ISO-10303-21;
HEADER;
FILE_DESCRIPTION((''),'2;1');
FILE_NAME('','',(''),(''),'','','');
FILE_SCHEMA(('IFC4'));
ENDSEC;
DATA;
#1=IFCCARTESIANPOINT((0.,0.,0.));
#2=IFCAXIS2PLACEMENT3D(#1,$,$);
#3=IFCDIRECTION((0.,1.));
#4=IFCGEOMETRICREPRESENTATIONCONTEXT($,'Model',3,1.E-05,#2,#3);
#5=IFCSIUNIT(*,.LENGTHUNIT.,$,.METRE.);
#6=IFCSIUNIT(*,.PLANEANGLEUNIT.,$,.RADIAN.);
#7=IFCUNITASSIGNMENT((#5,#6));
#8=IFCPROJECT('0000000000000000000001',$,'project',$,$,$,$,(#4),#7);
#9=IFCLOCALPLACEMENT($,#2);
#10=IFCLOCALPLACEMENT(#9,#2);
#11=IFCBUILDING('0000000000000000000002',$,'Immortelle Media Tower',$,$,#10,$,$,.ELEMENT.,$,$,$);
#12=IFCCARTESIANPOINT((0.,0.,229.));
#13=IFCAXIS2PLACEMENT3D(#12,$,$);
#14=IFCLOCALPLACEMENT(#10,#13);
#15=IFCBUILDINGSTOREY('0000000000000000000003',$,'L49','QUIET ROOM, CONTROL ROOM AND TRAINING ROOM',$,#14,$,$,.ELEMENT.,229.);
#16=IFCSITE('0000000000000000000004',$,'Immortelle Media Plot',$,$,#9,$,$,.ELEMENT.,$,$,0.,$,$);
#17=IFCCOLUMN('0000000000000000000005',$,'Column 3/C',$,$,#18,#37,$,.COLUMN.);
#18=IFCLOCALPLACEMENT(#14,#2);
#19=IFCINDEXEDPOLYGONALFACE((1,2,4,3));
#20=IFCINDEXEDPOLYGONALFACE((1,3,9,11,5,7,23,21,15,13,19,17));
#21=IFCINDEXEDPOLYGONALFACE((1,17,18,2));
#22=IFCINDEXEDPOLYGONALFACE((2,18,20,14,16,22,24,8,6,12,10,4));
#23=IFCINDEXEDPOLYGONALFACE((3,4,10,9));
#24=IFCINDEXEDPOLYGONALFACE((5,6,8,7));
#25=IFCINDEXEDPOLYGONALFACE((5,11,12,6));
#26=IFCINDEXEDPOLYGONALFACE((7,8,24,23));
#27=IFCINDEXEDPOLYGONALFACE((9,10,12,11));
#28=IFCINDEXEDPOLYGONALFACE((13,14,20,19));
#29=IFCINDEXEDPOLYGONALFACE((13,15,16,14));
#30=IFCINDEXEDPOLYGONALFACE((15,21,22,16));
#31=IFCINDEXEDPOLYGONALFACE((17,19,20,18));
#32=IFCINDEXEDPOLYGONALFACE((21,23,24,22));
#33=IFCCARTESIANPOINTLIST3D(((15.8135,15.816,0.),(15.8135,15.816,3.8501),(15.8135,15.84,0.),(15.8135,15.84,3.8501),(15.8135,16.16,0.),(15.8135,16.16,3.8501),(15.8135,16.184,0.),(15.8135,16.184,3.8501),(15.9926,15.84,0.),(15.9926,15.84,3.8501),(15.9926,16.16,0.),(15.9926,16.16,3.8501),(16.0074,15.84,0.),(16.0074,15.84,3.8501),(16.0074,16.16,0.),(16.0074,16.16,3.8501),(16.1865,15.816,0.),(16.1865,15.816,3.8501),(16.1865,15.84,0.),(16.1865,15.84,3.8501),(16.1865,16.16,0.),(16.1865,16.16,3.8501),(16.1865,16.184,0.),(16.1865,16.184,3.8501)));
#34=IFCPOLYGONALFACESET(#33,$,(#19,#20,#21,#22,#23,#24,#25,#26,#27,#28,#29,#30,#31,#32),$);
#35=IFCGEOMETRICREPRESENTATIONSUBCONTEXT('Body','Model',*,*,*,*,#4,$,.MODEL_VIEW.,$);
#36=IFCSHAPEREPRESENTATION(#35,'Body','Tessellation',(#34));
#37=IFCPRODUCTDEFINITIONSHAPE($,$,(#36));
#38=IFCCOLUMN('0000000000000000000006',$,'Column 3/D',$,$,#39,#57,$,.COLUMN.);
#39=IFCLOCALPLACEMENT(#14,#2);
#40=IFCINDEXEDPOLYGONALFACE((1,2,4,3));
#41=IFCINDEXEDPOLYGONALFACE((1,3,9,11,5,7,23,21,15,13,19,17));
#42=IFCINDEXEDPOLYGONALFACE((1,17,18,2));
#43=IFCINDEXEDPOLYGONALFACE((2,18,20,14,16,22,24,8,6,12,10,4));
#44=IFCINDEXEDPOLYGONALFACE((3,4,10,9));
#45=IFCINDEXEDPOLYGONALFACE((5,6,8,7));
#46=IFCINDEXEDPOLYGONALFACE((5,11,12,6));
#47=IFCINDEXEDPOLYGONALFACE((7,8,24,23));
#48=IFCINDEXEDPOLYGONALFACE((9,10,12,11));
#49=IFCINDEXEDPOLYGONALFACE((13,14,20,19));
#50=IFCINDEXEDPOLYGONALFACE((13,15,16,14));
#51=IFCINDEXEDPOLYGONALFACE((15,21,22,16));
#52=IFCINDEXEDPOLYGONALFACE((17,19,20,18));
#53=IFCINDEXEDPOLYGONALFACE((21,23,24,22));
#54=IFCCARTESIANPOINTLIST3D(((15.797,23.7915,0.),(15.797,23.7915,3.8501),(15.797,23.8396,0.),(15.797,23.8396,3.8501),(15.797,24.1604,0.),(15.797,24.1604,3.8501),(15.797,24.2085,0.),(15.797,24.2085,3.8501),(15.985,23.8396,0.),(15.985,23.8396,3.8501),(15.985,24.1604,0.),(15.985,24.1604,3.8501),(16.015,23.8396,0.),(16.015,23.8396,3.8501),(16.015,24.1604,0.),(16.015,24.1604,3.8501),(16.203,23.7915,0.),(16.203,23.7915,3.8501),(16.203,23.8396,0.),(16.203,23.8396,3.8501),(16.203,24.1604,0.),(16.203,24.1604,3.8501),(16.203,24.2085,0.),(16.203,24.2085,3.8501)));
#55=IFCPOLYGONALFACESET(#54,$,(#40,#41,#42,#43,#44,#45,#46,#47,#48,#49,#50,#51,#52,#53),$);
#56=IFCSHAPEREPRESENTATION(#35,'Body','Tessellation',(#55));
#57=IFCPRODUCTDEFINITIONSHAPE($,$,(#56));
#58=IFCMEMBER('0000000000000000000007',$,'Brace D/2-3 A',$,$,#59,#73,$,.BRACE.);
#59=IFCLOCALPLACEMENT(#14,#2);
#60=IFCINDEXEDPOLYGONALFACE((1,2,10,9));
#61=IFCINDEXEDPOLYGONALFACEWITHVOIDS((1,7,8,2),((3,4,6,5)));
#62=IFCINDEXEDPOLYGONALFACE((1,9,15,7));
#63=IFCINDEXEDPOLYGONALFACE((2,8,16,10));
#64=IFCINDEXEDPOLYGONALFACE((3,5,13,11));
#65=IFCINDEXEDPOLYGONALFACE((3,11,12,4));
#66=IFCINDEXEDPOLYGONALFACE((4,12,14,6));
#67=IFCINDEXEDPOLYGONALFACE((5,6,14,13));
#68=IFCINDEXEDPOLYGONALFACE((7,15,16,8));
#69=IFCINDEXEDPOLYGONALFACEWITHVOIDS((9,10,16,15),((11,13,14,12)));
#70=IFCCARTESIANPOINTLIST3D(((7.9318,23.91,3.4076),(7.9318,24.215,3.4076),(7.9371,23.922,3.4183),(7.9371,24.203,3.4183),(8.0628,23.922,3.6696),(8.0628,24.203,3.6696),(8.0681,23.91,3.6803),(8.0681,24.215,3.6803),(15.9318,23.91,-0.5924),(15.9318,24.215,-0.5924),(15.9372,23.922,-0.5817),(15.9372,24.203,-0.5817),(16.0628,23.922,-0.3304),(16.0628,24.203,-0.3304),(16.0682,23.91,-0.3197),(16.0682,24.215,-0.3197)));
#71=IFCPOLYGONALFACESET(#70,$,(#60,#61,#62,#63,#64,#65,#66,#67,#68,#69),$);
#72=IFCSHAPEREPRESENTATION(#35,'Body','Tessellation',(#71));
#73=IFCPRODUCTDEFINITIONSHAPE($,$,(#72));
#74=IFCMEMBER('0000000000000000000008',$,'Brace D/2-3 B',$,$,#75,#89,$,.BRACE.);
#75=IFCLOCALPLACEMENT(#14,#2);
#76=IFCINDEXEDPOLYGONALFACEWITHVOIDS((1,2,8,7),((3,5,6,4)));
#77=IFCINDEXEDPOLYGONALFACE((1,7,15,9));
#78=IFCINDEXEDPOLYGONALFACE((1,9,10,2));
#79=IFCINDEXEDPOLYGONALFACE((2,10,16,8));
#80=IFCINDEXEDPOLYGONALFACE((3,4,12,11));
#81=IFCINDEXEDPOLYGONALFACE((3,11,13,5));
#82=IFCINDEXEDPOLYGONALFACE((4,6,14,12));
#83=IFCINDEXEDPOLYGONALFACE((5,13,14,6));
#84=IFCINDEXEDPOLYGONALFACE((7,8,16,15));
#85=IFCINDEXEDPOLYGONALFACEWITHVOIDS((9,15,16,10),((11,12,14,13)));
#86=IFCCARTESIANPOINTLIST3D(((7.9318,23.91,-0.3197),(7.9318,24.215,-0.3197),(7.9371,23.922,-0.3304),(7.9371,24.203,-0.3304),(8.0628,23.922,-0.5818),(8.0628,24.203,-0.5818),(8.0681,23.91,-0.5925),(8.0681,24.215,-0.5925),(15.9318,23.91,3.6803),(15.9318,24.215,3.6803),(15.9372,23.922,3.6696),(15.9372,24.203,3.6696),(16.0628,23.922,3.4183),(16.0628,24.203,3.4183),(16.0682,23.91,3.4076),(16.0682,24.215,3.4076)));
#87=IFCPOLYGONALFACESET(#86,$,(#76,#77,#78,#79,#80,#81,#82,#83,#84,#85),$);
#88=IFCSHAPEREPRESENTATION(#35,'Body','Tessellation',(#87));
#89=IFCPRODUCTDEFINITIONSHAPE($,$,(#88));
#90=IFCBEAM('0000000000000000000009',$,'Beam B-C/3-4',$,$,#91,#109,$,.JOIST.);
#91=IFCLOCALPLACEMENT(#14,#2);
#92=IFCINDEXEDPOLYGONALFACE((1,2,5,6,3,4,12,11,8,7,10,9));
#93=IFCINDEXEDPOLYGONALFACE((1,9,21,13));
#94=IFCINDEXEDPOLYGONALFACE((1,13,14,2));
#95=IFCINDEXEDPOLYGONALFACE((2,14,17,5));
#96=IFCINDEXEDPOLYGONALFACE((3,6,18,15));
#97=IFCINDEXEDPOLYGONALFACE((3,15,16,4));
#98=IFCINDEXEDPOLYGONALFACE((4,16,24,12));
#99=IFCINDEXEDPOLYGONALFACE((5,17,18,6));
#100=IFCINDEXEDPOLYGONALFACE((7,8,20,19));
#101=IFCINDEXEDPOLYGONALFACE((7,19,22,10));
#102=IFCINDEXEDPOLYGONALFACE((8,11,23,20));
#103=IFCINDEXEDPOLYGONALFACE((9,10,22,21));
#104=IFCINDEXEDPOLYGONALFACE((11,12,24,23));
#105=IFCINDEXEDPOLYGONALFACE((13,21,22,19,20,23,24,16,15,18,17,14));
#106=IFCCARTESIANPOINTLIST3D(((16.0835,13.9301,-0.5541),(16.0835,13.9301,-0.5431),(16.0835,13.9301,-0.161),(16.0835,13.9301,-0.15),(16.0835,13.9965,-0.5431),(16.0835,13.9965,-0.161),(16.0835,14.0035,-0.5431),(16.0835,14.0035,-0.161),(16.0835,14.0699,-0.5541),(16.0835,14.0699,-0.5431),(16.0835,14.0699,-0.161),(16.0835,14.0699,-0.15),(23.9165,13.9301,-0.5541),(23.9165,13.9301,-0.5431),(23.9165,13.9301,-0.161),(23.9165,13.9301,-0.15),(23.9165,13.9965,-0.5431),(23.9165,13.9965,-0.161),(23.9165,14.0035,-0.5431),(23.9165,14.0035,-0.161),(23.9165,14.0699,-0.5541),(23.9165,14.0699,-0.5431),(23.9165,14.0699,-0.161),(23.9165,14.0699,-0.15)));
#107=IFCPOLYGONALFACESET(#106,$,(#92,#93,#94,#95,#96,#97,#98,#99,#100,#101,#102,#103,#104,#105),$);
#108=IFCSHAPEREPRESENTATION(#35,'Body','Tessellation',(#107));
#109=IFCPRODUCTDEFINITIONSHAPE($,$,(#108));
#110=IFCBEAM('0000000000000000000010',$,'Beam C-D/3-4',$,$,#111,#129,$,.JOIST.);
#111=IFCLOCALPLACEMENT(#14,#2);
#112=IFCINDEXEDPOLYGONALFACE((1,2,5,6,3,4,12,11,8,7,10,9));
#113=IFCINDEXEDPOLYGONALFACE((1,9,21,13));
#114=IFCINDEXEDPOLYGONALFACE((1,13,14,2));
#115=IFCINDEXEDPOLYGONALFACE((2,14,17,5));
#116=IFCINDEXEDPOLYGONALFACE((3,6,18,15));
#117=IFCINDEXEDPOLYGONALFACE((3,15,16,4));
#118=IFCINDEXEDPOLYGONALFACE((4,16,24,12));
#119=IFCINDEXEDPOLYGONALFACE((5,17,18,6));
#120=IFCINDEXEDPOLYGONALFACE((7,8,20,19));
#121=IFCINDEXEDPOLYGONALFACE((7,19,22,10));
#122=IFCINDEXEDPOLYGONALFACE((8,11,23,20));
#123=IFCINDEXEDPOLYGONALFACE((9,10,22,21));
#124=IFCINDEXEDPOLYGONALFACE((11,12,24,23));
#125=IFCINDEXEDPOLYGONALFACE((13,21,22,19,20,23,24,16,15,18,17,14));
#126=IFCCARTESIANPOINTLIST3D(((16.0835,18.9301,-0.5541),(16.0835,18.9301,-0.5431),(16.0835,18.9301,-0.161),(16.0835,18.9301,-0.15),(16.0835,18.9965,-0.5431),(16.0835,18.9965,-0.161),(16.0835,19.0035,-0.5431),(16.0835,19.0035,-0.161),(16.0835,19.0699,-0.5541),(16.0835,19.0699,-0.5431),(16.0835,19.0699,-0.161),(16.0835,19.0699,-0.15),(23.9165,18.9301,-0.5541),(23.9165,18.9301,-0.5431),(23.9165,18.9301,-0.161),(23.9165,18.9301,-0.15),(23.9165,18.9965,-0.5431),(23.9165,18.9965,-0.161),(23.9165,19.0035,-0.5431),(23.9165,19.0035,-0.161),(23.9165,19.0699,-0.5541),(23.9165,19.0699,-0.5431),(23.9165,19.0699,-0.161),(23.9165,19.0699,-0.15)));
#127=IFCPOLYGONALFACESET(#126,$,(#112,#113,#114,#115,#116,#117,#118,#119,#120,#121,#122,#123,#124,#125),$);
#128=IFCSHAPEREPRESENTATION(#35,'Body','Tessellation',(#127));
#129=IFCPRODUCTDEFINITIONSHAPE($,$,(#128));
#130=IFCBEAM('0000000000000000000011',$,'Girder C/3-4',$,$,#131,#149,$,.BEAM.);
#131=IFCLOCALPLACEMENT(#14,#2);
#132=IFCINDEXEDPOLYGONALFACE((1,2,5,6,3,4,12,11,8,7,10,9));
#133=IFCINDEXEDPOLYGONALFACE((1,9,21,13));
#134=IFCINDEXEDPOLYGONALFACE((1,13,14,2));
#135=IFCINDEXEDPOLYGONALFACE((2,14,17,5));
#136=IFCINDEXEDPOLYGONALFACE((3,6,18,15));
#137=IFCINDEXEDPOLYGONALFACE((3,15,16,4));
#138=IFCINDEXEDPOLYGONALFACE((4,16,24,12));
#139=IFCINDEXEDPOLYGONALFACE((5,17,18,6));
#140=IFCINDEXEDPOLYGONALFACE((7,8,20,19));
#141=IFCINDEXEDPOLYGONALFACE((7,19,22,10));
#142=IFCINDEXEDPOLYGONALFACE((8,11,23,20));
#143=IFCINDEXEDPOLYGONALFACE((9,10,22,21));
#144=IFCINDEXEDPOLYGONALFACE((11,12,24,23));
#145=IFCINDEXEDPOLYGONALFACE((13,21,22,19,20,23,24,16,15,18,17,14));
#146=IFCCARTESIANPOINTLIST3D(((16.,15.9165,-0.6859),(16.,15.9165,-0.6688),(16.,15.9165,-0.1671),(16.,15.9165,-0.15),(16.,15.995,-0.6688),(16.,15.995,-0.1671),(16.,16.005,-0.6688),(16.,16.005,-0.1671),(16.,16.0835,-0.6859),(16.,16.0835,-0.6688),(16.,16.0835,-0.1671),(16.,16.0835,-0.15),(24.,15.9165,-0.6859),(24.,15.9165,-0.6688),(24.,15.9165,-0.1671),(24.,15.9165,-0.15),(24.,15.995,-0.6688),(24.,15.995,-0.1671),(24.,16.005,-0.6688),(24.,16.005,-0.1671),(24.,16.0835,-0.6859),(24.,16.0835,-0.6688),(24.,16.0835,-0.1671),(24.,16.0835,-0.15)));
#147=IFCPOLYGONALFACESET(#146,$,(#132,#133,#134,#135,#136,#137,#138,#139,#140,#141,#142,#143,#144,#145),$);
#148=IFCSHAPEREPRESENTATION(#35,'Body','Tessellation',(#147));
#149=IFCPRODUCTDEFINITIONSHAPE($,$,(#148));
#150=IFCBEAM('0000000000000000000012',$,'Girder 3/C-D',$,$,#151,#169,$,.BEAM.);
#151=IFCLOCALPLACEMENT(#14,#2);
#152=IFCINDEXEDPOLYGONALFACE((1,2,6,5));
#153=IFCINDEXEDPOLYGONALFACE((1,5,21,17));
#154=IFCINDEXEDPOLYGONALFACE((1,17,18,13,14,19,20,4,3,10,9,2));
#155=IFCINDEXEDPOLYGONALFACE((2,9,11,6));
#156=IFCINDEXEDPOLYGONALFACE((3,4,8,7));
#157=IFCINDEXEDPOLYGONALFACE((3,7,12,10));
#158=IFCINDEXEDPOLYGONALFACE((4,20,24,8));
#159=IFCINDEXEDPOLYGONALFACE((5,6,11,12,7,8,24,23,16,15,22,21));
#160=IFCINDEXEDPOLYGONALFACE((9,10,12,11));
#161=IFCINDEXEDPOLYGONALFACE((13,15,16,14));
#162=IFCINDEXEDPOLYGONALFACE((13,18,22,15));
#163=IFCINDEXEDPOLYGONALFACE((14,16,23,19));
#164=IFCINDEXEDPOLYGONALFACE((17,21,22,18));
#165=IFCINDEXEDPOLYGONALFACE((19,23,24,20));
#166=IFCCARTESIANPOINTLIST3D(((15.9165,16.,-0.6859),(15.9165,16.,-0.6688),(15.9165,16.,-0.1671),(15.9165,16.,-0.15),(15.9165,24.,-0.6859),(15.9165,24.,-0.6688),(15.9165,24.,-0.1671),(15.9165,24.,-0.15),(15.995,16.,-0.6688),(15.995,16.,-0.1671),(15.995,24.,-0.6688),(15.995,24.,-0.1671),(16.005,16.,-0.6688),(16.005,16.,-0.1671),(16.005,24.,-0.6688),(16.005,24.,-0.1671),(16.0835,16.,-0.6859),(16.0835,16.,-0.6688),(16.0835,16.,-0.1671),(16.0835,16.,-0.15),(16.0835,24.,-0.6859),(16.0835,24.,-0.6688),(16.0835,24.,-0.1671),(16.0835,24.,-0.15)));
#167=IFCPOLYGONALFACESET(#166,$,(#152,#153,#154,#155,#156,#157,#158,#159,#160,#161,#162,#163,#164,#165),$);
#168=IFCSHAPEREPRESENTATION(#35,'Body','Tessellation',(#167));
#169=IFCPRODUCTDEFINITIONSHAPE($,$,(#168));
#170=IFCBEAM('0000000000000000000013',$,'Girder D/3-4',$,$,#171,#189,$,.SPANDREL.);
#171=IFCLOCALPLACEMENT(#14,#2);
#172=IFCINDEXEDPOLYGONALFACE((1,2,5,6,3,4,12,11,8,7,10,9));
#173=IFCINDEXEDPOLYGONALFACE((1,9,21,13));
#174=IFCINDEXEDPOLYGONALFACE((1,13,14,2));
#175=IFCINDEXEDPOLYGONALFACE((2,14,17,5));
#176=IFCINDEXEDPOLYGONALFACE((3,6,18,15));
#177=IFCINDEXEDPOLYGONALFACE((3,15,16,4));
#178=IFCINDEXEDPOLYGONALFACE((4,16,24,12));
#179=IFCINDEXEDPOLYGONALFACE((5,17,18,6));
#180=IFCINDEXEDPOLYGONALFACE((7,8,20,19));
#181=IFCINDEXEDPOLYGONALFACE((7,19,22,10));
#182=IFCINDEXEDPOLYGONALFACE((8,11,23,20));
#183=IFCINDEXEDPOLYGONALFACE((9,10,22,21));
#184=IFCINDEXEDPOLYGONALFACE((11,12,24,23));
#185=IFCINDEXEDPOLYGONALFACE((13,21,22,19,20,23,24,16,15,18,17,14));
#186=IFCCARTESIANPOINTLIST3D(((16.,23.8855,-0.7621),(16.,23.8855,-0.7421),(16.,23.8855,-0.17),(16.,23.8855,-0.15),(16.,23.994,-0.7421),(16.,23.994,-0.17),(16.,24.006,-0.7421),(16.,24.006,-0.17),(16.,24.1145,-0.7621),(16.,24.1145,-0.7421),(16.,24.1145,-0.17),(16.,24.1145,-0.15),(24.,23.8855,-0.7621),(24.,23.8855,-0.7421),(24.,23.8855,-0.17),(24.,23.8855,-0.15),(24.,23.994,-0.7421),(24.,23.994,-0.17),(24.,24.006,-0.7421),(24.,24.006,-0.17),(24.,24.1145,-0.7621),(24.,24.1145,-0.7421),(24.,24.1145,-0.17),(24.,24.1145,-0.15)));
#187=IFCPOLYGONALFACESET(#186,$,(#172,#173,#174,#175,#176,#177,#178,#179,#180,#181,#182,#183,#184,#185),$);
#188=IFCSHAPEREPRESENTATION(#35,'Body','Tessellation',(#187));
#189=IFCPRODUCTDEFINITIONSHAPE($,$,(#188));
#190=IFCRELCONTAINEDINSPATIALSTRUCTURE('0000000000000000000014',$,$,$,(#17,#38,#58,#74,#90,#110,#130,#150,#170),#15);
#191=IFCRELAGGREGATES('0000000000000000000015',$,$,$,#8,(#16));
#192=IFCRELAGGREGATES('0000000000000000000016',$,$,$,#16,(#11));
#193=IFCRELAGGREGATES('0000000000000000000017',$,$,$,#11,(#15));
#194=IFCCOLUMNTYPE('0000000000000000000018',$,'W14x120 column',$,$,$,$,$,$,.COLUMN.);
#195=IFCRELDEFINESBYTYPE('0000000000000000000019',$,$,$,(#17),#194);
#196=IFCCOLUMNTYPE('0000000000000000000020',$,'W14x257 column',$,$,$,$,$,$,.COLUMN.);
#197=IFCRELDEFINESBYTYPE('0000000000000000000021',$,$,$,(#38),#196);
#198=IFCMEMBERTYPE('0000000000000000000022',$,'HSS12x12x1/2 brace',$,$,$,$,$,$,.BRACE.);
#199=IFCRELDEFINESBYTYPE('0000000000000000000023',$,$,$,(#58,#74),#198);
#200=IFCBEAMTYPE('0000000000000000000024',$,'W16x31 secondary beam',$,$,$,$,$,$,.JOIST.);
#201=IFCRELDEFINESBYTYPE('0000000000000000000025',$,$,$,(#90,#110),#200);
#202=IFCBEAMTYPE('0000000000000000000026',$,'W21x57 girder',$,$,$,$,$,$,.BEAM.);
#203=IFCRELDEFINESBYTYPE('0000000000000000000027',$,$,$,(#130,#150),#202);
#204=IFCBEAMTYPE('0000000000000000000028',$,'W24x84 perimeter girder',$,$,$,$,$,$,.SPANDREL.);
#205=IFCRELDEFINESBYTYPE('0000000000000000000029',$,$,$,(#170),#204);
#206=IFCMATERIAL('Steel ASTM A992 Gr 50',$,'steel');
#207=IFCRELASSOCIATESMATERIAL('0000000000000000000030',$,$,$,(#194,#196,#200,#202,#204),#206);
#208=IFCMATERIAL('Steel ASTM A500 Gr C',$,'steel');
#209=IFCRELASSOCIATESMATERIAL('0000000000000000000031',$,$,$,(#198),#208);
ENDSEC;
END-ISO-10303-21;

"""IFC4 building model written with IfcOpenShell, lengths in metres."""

from ifc_helpers import new_model, si_unit, direction, frame, origin, origin_2d, place, context, subcontext, project, spatial, hollow_rectangle, i_section, extrude, material, material_profile, profile_set, type_object, element, save


model = new_model("IFC4")

# Units and contexts
model_context = context("Model", 3, precision=1e-05, world=origin(), true_north=direction((0.0, 1.0)))
body_context = subcontext(model_context, "Body", "Model", "MODEL_VIEW")
ifc_project = project(units=[si_unit("LENGTHUNIT", "METRE"), si_unit("PLANEANGLEUNIT", "RADIAN")], contexts=[model_context])

# Site, building, storey
site_placement = place(None, origin())
site = spatial("IfcSite", under=ifc_project, at=site_placement, Name="Immortelle Media Plot", CompositionType="ELEMENT", RefElevation=0.0)
building_placement = place(site_placement, origin())
building = spatial("IfcBuilding", under=site, at=building_placement, Name="Immortelle Media Tower", CompositionType="ELEMENT")
storey_placement = place(building_placement, frame((0.0, 0.0, 229.0)))
storey = spatial("IfcBuildingStorey", under=building, at=storey_placement, Name="L49", Description="QUIET ROOM, CONTROL ROOM AND TRAINING ROOM", CompositionType="ELEMENT", Elevation=229.0)

# Columns
ifc_material_1 = material(Name="Steel ASTM A992 Gr 50", Category="steel")
ifc_material_profile_1 = material_profile(ifc_material_1, i_section(OverallWidth=0.373, OverallDepth=0.3679, WebThickness=0.0149, FlangeThickness=0.0239, at=origin_2d()), Name="W14x120")
ifc_profile_set_1 = profile_set([ifc_material_profile_1], Name="Steel ASTM A992 Gr 50")
column_type_1 = type_object("IfcColumnType", Name="W14x120 column", PredefinedType="COLUMN", material=ifc_profile_set_1)
column_1_placement = place(storey_placement, frame((16.0, 16.0, 0.0), z_axis=(0.0, 0.0, 1.0), x_axis=(1.0, 0.0, 0.0)))
element("IfcColumn", 1, at=column_1_placement, inside=storey, type_object=column_type_1, Name="Column 3/C", PredefinedType="COLUMN", context=body_context, shape_type="SweptSolid", body=[
    extrude(i_section(OverallWidth=0.373, OverallDepth=0.3679, WebThickness=0.0149, FlangeThickness=0.0239, at=origin_2d()), origin(), (0.0, 0.0, 1.0), 3.8501),
])
ifc_material_profile_2 = material_profile(ifc_material_1, i_section(OverallWidth=0.406, OverallDepth=0.417, WebThickness=0.03, FlangeThickness=0.0481, at=origin_2d()), Name="W14x257")
ifc_profile_set_2 = profile_set([ifc_material_profile_2], Name="Steel ASTM A992 Gr 50")
column_type_2 = type_object("IfcColumnType", Name="W14x257 column", PredefinedType="COLUMN", material=ifc_profile_set_2)
column_2_placement = place(storey_placement, frame((16.0, 24.0, 0.0), z_axis=(0.0, 0.0, 1.0), x_axis=(1.0, 0.0, 0.0)))
element("IfcColumn", 2, at=column_2_placement, inside=storey, type_object=column_type_2, Name="Column 3/D", PredefinedType="COLUMN", context=body_context, shape_type="SweptSolid", body=[
    extrude(i_section(OverallWidth=0.406, OverallDepth=0.417, WebThickness=0.03, FlangeThickness=0.0481, at=origin_2d()), origin(), (0.0, 0.0, 1.0), 3.8501),
])

# Members
ifc_material_2 = material(Name="Steel ASTM A500 Gr C", Category="steel")
ifc_material_profile_3 = material_profile(ifc_material_2, hollow_rectangle(XDim=0.3049, YDim=0.3049, WallThickness=0.012, at=origin_2d()), Name="HSS12x12x1/2 brace")
ifc_profile_set_3 = profile_set([ifc_material_profile_3], Name="Steel ASTM A500 Gr C")
member_type = type_object("IfcMemberType", Name="HSS12x12x1/2 brace", PredefinedType="BRACE", material=ifc_profile_set_3)
for number, where, z_axis, x_axis, name in (
    (3, (16.0, 24.0625, -0.4561), (-0.894427, 0.0, 0.447214), (0.0, -1.0, 0.0), "Brace D/2-3 A"),
    (4, (16.0, 24.0625, 3.5439), (-0.894427, 0.0, -0.447214), (0.0, -1.0, 0.0), "Brace D/2-3 B"),
):
    element("IfcMember", number, at=place(storey_placement, frame(where, z_axis=z_axis, x_axis=x_axis)), inside=storey, type_object=member_type, Name=name, PredefinedType="BRACE", context=body_context, shape_type="SweptSolid", body=[
        extrude(hollow_rectangle(XDim=0.3049, YDim=0.3049, WallThickness=0.012, at=origin_2d()), origin(), (0.0, 0.0, 1.0), 8.9443),
    ])

# Beams
ifc_material_profile_4 = material_profile(ifc_material_1, i_section(OverallWidth=0.1399, OverallDepth=0.4041, WebThickness=0.0071, FlangeThickness=0.011, at=origin_2d()), Name="W16x31")
ifc_profile_set_4 = profile_set([ifc_material_profile_4], Name="Steel ASTM A992 Gr 50")
beam_type_1 = type_object("IfcBeamType", Name="W16x31 secondary beam", PredefinedType="JOIST", material=ifc_profile_set_4)
for number, where, z_axis, x_axis, name in (
    (5, (16.0835, 14.0, -0.3521), (1.0, 0.0, 0.0), (0.0, 1.0, 0.0), "Beam B-C/3-4"),
    (6, (16.0835, 19.0, -0.3521), (1.0, 0.0, 0.0), (0.0, 1.0, 0.0), "Beam C-D/3-4"),
):
    element("IfcBeam", number, at=place(storey_placement, frame(where, z_axis=z_axis, x_axis=x_axis)), inside=storey, type_object=beam_type_1, Name=name, PredefinedType="JOIST", context=body_context, shape_type="SweptSolid", body=[
        extrude(i_section(OverallWidth=0.1399, OverallDepth=0.4041, WebThickness=0.0071, FlangeThickness=0.011, at=origin_2d()), origin(), (0.0, 0.0, 1.0), 7.833),
    ])
ifc_material_profile_5 = material_profile(ifc_material_1, i_section(OverallWidth=0.167, OverallDepth=0.5359, WebThickness=0.01, FlangeThickness=0.0171, at=origin_2d()), Name="W21x57")
ifc_profile_set_5 = profile_set([ifc_material_profile_5], Name="Steel ASTM A992 Gr 50")
beam_type_2 = type_object("IfcBeamType", Name="W21x57 girder", PredefinedType="BEAM", material=ifc_profile_set_5)
for number, where, z_axis, x_axis, name in (
    (7, (16.0, 16.0, -0.418), (1.0, 0.0, 0.0), (0.0, 1.0, 0.0), "Girder C/3-4"),
    (8, (16.0, 16.0, -0.418), (0.0, 1.0, 0.0), (-1.0, 0.0, 0.0), "Girder 3/C-D"),
):
    element("IfcBeam", number, at=place(storey_placement, frame(where, z_axis=z_axis, x_axis=x_axis)), inside=storey, type_object=beam_type_2, Name=name, PredefinedType="BEAM", context=body_context, shape_type="SweptSolid", body=[
        extrude(i_section(OverallWidth=0.167, OverallDepth=0.5359, WebThickness=0.01, FlangeThickness=0.0171, at=origin_2d()), origin(), (0.0, 0.0, 1.0), 8.0),
    ])
ifc_material_profile_6 = material_profile(ifc_material_1, i_section(OverallWidth=0.229, OverallDepth=0.6121, WebThickness=0.012, FlangeThickness=0.02, at=origin_2d()), Name="W24x84")
ifc_profile_set_6 = profile_set([ifc_material_profile_6], Name="Steel ASTM A992 Gr 50")
beam_type_3 = type_object("IfcBeamType", Name="W24x84 perimeter girder", PredefinedType="SPANDREL", material=ifc_profile_set_6)
beam_placement = place(storey_placement, frame((16.0, 24.0, -0.4561), z_axis=(1.0, 0.0, 0.0), x_axis=(0.0, 1.0, 0.0)))
element("IfcBeam", 9, at=beam_placement, inside=storey, type_object=beam_type_3, Name="Girder D/3-4", PredefinedType="SPANDREL", context=body_context, shape_type="SweptSolid", body=[
    extrude(i_section(OverallWidth=0.229, OverallDepth=0.6121, WebThickness=0.012, FlangeThickness=0.02, at=origin_2d()), origin(), (0.0, 0.0, 1.0), 8.0),
])

save(model, "model.ifc")
